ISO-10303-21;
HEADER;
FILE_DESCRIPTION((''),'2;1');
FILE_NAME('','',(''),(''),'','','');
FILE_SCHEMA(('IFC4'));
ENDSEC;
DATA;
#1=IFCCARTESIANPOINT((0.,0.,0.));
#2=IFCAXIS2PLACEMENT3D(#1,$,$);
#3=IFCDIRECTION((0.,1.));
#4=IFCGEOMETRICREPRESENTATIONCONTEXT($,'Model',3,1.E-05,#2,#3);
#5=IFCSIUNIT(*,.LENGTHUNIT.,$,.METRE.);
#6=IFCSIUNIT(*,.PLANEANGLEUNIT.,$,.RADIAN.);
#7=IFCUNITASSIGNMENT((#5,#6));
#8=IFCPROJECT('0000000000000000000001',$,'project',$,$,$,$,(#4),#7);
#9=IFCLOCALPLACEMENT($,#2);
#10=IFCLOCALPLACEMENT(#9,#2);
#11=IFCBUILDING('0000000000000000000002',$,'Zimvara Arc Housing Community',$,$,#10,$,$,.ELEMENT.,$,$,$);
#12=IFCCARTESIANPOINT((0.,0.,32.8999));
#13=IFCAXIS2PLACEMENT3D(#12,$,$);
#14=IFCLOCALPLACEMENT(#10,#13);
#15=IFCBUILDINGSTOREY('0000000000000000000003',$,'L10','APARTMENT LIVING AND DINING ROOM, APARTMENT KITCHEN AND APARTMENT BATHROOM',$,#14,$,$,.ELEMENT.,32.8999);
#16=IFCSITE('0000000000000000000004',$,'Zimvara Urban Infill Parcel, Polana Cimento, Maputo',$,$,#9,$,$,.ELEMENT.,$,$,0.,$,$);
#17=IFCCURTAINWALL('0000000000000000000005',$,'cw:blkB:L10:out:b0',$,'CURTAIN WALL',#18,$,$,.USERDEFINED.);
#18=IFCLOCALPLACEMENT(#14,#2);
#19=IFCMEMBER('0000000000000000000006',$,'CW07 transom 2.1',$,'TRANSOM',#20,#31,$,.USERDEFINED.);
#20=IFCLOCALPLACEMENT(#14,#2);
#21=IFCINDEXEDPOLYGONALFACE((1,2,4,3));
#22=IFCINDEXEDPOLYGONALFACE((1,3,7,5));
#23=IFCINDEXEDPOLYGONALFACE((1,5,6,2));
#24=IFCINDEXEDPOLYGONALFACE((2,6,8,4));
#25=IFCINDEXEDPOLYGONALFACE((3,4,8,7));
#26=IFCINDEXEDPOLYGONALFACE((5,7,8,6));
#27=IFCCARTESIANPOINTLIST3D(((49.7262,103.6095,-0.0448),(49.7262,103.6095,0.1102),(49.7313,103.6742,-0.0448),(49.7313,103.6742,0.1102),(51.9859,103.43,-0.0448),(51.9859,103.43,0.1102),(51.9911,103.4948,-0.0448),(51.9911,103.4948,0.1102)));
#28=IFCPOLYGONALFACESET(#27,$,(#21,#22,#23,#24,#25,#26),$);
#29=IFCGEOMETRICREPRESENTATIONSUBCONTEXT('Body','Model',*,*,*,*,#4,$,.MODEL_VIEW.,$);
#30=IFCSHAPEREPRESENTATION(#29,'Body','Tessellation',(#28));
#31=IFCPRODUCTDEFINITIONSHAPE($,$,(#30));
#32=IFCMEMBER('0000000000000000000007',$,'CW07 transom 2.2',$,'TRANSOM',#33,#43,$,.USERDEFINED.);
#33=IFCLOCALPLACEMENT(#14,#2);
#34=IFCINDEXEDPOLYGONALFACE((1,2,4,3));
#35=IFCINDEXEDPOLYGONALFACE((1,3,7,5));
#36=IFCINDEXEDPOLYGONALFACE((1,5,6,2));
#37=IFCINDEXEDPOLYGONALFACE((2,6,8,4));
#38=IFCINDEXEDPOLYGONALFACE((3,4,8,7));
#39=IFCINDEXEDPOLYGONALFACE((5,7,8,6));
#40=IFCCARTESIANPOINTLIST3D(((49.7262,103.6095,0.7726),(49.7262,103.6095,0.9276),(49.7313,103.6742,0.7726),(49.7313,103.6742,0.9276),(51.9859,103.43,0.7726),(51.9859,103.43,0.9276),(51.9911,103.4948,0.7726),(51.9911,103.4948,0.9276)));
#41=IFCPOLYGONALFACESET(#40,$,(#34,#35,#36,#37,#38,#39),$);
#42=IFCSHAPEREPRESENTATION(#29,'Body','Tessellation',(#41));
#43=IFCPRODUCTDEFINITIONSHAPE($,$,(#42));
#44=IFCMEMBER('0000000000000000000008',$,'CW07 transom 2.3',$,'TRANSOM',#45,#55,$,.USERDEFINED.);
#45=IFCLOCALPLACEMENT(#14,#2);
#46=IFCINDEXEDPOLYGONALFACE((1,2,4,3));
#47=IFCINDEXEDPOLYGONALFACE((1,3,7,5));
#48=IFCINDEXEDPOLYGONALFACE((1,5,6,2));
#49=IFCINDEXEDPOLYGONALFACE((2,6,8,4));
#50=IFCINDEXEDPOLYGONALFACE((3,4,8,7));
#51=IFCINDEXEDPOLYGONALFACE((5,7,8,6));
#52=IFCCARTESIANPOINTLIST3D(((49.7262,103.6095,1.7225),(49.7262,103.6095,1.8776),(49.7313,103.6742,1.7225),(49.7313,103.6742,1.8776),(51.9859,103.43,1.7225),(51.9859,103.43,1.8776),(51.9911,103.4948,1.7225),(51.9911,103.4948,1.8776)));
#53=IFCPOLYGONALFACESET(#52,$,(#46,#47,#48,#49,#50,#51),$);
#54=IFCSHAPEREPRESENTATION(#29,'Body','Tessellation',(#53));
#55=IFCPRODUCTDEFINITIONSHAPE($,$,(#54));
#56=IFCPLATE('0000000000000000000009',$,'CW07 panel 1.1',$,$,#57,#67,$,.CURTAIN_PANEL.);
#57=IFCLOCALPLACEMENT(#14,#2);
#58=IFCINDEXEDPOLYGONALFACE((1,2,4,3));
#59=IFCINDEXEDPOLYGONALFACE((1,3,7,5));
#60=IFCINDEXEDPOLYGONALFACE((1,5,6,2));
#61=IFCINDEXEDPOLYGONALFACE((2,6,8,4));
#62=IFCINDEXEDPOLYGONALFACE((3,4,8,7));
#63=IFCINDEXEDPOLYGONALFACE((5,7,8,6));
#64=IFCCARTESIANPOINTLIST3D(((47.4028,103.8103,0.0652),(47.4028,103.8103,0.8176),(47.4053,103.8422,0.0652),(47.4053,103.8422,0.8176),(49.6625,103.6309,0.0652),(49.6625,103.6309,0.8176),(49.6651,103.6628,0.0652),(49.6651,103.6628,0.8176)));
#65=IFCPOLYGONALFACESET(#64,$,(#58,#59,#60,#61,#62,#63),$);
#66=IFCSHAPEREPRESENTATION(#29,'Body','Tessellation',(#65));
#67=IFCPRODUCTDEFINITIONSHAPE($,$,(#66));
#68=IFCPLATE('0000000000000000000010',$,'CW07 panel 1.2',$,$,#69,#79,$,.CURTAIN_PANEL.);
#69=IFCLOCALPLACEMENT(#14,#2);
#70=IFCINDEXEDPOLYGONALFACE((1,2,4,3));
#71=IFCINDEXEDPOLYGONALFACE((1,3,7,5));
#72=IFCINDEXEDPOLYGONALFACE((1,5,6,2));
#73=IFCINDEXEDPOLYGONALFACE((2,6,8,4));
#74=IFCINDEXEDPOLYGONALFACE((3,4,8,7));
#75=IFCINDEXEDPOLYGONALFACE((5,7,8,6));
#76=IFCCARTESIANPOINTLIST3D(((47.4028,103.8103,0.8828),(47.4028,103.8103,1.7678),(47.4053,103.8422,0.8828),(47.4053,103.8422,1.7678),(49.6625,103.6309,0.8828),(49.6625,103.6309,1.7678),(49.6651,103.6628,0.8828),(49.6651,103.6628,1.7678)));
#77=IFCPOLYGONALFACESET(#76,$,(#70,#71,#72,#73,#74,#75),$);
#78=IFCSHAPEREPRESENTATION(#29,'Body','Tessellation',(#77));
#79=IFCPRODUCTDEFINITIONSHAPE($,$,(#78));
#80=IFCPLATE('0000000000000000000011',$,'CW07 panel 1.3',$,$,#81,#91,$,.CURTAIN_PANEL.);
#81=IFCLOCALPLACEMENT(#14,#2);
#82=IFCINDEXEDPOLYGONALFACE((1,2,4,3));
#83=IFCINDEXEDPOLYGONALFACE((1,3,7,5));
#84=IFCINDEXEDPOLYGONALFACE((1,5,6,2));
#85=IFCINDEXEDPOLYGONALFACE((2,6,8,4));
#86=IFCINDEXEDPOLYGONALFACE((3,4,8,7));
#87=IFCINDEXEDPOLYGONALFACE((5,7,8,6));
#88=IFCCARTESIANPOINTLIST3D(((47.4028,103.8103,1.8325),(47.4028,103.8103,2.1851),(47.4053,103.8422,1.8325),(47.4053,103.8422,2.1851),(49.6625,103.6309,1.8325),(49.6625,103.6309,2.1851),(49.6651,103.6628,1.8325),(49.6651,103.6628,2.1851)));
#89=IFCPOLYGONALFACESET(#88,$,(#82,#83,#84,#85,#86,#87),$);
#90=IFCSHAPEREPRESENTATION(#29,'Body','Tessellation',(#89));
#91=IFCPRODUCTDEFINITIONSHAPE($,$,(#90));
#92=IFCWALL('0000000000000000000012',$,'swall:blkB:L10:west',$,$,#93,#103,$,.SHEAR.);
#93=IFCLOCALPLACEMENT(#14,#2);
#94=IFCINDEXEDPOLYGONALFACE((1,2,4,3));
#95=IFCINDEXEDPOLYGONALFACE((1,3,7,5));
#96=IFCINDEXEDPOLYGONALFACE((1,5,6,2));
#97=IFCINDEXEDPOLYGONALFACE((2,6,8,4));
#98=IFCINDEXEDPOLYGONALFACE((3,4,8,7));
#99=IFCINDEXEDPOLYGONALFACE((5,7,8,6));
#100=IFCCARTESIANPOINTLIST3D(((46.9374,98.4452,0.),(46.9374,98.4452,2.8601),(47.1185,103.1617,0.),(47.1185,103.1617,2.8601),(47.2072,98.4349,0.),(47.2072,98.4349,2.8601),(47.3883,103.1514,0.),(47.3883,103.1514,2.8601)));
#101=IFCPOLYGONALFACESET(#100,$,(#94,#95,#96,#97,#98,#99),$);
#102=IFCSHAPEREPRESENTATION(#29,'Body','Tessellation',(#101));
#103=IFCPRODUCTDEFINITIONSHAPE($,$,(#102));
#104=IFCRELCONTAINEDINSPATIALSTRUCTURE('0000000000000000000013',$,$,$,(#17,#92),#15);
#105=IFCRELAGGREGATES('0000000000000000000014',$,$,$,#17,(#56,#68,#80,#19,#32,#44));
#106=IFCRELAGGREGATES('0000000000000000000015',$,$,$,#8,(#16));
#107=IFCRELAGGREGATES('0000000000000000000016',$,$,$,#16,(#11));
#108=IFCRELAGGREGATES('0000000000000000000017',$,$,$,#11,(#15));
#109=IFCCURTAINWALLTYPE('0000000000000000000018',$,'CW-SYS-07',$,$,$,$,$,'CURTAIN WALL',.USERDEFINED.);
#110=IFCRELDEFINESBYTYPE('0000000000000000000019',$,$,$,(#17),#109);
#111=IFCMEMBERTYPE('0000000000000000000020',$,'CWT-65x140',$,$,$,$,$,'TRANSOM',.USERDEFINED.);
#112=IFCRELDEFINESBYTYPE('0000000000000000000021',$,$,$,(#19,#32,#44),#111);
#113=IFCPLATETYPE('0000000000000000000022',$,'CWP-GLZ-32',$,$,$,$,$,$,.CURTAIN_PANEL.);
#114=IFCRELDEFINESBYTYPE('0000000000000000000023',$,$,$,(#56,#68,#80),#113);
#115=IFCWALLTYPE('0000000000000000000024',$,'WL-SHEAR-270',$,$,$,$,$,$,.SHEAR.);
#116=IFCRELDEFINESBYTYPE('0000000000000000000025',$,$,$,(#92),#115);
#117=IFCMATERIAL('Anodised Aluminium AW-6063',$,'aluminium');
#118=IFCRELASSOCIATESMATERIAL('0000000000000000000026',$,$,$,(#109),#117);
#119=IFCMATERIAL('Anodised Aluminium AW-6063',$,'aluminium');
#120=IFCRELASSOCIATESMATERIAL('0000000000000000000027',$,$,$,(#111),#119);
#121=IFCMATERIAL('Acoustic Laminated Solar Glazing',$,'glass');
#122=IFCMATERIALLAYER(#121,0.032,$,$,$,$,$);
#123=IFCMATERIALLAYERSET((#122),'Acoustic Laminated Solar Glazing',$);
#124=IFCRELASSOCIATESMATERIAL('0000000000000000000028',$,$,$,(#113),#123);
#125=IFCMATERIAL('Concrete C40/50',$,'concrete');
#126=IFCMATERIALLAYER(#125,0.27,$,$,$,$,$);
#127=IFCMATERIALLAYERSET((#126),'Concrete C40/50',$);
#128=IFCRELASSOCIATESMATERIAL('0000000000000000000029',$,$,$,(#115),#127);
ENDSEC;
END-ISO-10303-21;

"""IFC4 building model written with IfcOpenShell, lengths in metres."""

from ifc_helpers import new_model, si_unit, direction, frame, frame_2d, origin, origin_2d, place, context, subcontext, project, spatial, rectangle, extrude, material, layer, layer_set, material_profile, profile_set, type_object, element, aggregate, save


model = new_model("IFC4")

# Units and contexts
model_context = context("Model", 3, precision=1e-05, world=origin(), true_north=direction((0.0, 1.0)))
body_context = subcontext(model_context, "Body", "Model", "MODEL_VIEW")
ifc_project = project(units=[si_unit("LENGTHUNIT", "METRE"), si_unit("PLANEANGLEUNIT", "RADIAN")], contexts=[model_context])

# Site, building, storey
site_placement = place(None, origin())
site = spatial("IfcSite", under=ifc_project, at=site_placement, Name="Zimvara Urban Infill Parcel, Polana Cimento, Maputo", CompositionType="ELEMENT", RefElevation=0.0)
building_placement = place(site_placement, origin())
building = spatial("IfcBuilding", under=site, at=building_placement, Name="Zimvara Arc Housing Community", CompositionType="ELEMENT")
storey_placement = place(building_placement, frame((0.0, 0.0, 32.8999)))
storey = spatial("IfcBuildingStorey", under=building, at=storey_placement, Name="L10", Description="APARTMENT LIVING AND DINING ROOM, APARTMENT KITCHEN AND APARTMENT BATHROOM", CompositionType="ELEMENT", Elevation=32.8999)

# Curtain wall, members, plates
ifc_material_1 = material(Name="Anodised Aluminium AW-6063", Category="aluminium")
curtain_wall_type_1 = type_object("IfcCurtainWallType", Name="CW-SYS-07", ElementType="CURTAIN WALL", PredefinedType="USERDEFINED", material=ifc_material_1)
curtain_wall_1_placement = place(storey_placement, origin())
curtain_wall_1 = element("IfcCurtainWall", 1, at=curtain_wall_1_placement, inside=storey, type_object=curtain_wall_type_1, Name="cw:blkB:L10:out:b0", ObjectType="CURTAIN WALL", PredefinedType="USERDEFINED")
ifc_material_2 = material(Name="Anodised Aluminium AW-6063", Category="aluminium")
ifc_material_profile_1 = material_profile(ifc_material_2, rectangle(XDim=0.0649, YDim=0.155, at=origin_2d()), Name="ALU 65x155")
ifc_profile_set_1 = profile_set([ifc_material_profile_1], Name="Anodised Aluminium AW-6063")
member_type_1 = type_object("IfcMemberType", Name="CWT-65x140", ElementType="TRANSOM", PredefinedType="USERDEFINED", material=ifc_profile_set_1)
member_1_placement = place(storey_placement, frame((49.7288, 103.6418, 0.0327), z_axis=(0.996862, -0.079159, 0.0), x_axis=(0.079159, 0.996862, 0.0)))
member_1 = element("IfcMember", 2, at=member_1_placement, type_object=member_type_1, Name="CW07 transom 2.1", ObjectType="TRANSOM", PredefinedType="USERDEFINED", context=body_context, shape_type="SweptSolid", body=[
    extrude(rectangle(XDim=0.0649, YDim=0.155, at=origin_2d()), origin(), (0.0, 0.0, 1.0), 2.2668),
])
member_2_placement = place(storey_placement, frame((49.7288, 103.6418, 0.8501), z_axis=(0.996862, -0.079159, 0.0), x_axis=(0.079159, 0.996862, 0.0)))
member_2 = element("IfcMember", 3, at=member_2_placement, type_object=member_type_1, Name="CW07 transom 2.2", ObjectType="TRANSOM", PredefinedType="USERDEFINED", context=body_context, shape_type="SweptSolid", body=[
    extrude(rectangle(XDim=0.0649, YDim=0.155, at=origin_2d()), origin(), (0.0, 0.0, 1.0), 2.2668),
])
member_3_placement = place(storey_placement, frame((49.7288, 103.6418, 1.8), z_axis=(0.996862, -0.079159, 0.0), x_axis=(0.079159, 0.996862, 0.0)))
member_3 = element("IfcMember", 4, at=member_3_placement, type_object=member_type_1, Name="CW07 transom 2.3", ObjectType="TRANSOM", PredefinedType="USERDEFINED", context=body_context, shape_type="SweptSolid", body=[
    extrude(rectangle(XDim=0.0649, YDim=0.155, at=origin_2d()), origin(), (0.0, 0.0, 1.0), 2.2668),
])
ifc_material_3 = material(Name="Acoustic Laminated Solar Glazing", Category="glass")
ifc_layer_1 = layer(ifc_material_3, 0.032)
ifc_layer_set_1 = layer_set([ifc_layer_1], Name="Acoustic Laminated Solar Glazing")
plate_type = type_object("IfcPlateType", Name="CWP-GLZ-32", PredefinedType="CURTAIN_PANEL", material=ifc_layer_set_1)
plate_1_placement = place(storey_placement, frame((48.5339, 103.7366, 0.0652), z_axis=(0.0, 0.0, 1.0), x_axis=(0.996862, -0.079154, 0.0)))
plate_1 = element("IfcPlate", 5, at=plate_1_placement, type_object=plate_type, Name="CW07 panel 1.1", PredefinedType="CURTAIN_PANEL", context=body_context, shape_type="SweptSolid", body=[
    extrude(rectangle(XDim=2.2668, YDim=0.032, at=origin_2d()), origin(), (0.0, 0.0, 1.0), 0.7524),
])
plate_2_placement = place(storey_placement, frame((48.5339, 103.7366, 0.8828), z_axis=(0.0, 0.0, 1.0), x_axis=(0.996862, -0.079154, 0.0)))
plate_2 = element("IfcPlate", 6, at=plate_2_placement, type_object=plate_type, Name="CW07 panel 1.2", PredefinedType="CURTAIN_PANEL", context=body_context, shape_type="SweptSolid", body=[
    extrude(rectangle(XDim=2.2668, YDim=0.032, at=origin_2d()), origin(), (0.0, 0.0, 1.0), 0.885),
])
plate_3_placement = place(storey_placement, frame((48.5339, 103.7366, 1.8325), z_axis=(0.0, 0.0, 1.0), x_axis=(0.996862, -0.079154, 0.0)))
plate_3 = element("IfcPlate", 7, at=plate_3_placement, type_object=plate_type, Name="CW07 panel 1.3", PredefinedType="CURTAIN_PANEL", context=body_context, shape_type="SweptSolid", body=[
    extrude(rectangle(XDim=2.2668, YDim=0.032, at=origin_2d()), origin(), (0.0, 0.0, 1.0), 0.3525),
])
aggregate(curtain_wall_1, [plate_1, plate_2, plate_3, member_1, member_2, member_3])

# Wall
ifc_material_4 = material(Name="Concrete C40/50", Category="concrete")
ifc_layer_2 = layer(ifc_material_4, 0.27)
ifc_layer_set_2 = layer_set([ifc_layer_2], Name="Concrete C40/50")
wall_type = type_object("IfcWallType", Name="WL-SHEAR-270", PredefinedType="SHEAR", material=ifc_layer_set_2)
wall_placement = place(storey_placement, frame((47.0723, 98.4402, 0.0), z_axis=(0.0, 0.0, 1.0), x_axis=(0.038379, 0.999263, 0.0)))
element("IfcWall", 8, at=wall_placement, inside=storey, type_object=wall_type, Name="swall:blkB:L10:west", PredefinedType="SHEAR", context=body_context, shape_type="SweptSolid", body=[
    extrude(rectangle(XDim=4.72, YDim=0.27, at=frame_2d((2.3599, 0.0))), origin(), (0.0, 0.0, 1.0), 2.8601),
])

save(model, "model.ifc")
